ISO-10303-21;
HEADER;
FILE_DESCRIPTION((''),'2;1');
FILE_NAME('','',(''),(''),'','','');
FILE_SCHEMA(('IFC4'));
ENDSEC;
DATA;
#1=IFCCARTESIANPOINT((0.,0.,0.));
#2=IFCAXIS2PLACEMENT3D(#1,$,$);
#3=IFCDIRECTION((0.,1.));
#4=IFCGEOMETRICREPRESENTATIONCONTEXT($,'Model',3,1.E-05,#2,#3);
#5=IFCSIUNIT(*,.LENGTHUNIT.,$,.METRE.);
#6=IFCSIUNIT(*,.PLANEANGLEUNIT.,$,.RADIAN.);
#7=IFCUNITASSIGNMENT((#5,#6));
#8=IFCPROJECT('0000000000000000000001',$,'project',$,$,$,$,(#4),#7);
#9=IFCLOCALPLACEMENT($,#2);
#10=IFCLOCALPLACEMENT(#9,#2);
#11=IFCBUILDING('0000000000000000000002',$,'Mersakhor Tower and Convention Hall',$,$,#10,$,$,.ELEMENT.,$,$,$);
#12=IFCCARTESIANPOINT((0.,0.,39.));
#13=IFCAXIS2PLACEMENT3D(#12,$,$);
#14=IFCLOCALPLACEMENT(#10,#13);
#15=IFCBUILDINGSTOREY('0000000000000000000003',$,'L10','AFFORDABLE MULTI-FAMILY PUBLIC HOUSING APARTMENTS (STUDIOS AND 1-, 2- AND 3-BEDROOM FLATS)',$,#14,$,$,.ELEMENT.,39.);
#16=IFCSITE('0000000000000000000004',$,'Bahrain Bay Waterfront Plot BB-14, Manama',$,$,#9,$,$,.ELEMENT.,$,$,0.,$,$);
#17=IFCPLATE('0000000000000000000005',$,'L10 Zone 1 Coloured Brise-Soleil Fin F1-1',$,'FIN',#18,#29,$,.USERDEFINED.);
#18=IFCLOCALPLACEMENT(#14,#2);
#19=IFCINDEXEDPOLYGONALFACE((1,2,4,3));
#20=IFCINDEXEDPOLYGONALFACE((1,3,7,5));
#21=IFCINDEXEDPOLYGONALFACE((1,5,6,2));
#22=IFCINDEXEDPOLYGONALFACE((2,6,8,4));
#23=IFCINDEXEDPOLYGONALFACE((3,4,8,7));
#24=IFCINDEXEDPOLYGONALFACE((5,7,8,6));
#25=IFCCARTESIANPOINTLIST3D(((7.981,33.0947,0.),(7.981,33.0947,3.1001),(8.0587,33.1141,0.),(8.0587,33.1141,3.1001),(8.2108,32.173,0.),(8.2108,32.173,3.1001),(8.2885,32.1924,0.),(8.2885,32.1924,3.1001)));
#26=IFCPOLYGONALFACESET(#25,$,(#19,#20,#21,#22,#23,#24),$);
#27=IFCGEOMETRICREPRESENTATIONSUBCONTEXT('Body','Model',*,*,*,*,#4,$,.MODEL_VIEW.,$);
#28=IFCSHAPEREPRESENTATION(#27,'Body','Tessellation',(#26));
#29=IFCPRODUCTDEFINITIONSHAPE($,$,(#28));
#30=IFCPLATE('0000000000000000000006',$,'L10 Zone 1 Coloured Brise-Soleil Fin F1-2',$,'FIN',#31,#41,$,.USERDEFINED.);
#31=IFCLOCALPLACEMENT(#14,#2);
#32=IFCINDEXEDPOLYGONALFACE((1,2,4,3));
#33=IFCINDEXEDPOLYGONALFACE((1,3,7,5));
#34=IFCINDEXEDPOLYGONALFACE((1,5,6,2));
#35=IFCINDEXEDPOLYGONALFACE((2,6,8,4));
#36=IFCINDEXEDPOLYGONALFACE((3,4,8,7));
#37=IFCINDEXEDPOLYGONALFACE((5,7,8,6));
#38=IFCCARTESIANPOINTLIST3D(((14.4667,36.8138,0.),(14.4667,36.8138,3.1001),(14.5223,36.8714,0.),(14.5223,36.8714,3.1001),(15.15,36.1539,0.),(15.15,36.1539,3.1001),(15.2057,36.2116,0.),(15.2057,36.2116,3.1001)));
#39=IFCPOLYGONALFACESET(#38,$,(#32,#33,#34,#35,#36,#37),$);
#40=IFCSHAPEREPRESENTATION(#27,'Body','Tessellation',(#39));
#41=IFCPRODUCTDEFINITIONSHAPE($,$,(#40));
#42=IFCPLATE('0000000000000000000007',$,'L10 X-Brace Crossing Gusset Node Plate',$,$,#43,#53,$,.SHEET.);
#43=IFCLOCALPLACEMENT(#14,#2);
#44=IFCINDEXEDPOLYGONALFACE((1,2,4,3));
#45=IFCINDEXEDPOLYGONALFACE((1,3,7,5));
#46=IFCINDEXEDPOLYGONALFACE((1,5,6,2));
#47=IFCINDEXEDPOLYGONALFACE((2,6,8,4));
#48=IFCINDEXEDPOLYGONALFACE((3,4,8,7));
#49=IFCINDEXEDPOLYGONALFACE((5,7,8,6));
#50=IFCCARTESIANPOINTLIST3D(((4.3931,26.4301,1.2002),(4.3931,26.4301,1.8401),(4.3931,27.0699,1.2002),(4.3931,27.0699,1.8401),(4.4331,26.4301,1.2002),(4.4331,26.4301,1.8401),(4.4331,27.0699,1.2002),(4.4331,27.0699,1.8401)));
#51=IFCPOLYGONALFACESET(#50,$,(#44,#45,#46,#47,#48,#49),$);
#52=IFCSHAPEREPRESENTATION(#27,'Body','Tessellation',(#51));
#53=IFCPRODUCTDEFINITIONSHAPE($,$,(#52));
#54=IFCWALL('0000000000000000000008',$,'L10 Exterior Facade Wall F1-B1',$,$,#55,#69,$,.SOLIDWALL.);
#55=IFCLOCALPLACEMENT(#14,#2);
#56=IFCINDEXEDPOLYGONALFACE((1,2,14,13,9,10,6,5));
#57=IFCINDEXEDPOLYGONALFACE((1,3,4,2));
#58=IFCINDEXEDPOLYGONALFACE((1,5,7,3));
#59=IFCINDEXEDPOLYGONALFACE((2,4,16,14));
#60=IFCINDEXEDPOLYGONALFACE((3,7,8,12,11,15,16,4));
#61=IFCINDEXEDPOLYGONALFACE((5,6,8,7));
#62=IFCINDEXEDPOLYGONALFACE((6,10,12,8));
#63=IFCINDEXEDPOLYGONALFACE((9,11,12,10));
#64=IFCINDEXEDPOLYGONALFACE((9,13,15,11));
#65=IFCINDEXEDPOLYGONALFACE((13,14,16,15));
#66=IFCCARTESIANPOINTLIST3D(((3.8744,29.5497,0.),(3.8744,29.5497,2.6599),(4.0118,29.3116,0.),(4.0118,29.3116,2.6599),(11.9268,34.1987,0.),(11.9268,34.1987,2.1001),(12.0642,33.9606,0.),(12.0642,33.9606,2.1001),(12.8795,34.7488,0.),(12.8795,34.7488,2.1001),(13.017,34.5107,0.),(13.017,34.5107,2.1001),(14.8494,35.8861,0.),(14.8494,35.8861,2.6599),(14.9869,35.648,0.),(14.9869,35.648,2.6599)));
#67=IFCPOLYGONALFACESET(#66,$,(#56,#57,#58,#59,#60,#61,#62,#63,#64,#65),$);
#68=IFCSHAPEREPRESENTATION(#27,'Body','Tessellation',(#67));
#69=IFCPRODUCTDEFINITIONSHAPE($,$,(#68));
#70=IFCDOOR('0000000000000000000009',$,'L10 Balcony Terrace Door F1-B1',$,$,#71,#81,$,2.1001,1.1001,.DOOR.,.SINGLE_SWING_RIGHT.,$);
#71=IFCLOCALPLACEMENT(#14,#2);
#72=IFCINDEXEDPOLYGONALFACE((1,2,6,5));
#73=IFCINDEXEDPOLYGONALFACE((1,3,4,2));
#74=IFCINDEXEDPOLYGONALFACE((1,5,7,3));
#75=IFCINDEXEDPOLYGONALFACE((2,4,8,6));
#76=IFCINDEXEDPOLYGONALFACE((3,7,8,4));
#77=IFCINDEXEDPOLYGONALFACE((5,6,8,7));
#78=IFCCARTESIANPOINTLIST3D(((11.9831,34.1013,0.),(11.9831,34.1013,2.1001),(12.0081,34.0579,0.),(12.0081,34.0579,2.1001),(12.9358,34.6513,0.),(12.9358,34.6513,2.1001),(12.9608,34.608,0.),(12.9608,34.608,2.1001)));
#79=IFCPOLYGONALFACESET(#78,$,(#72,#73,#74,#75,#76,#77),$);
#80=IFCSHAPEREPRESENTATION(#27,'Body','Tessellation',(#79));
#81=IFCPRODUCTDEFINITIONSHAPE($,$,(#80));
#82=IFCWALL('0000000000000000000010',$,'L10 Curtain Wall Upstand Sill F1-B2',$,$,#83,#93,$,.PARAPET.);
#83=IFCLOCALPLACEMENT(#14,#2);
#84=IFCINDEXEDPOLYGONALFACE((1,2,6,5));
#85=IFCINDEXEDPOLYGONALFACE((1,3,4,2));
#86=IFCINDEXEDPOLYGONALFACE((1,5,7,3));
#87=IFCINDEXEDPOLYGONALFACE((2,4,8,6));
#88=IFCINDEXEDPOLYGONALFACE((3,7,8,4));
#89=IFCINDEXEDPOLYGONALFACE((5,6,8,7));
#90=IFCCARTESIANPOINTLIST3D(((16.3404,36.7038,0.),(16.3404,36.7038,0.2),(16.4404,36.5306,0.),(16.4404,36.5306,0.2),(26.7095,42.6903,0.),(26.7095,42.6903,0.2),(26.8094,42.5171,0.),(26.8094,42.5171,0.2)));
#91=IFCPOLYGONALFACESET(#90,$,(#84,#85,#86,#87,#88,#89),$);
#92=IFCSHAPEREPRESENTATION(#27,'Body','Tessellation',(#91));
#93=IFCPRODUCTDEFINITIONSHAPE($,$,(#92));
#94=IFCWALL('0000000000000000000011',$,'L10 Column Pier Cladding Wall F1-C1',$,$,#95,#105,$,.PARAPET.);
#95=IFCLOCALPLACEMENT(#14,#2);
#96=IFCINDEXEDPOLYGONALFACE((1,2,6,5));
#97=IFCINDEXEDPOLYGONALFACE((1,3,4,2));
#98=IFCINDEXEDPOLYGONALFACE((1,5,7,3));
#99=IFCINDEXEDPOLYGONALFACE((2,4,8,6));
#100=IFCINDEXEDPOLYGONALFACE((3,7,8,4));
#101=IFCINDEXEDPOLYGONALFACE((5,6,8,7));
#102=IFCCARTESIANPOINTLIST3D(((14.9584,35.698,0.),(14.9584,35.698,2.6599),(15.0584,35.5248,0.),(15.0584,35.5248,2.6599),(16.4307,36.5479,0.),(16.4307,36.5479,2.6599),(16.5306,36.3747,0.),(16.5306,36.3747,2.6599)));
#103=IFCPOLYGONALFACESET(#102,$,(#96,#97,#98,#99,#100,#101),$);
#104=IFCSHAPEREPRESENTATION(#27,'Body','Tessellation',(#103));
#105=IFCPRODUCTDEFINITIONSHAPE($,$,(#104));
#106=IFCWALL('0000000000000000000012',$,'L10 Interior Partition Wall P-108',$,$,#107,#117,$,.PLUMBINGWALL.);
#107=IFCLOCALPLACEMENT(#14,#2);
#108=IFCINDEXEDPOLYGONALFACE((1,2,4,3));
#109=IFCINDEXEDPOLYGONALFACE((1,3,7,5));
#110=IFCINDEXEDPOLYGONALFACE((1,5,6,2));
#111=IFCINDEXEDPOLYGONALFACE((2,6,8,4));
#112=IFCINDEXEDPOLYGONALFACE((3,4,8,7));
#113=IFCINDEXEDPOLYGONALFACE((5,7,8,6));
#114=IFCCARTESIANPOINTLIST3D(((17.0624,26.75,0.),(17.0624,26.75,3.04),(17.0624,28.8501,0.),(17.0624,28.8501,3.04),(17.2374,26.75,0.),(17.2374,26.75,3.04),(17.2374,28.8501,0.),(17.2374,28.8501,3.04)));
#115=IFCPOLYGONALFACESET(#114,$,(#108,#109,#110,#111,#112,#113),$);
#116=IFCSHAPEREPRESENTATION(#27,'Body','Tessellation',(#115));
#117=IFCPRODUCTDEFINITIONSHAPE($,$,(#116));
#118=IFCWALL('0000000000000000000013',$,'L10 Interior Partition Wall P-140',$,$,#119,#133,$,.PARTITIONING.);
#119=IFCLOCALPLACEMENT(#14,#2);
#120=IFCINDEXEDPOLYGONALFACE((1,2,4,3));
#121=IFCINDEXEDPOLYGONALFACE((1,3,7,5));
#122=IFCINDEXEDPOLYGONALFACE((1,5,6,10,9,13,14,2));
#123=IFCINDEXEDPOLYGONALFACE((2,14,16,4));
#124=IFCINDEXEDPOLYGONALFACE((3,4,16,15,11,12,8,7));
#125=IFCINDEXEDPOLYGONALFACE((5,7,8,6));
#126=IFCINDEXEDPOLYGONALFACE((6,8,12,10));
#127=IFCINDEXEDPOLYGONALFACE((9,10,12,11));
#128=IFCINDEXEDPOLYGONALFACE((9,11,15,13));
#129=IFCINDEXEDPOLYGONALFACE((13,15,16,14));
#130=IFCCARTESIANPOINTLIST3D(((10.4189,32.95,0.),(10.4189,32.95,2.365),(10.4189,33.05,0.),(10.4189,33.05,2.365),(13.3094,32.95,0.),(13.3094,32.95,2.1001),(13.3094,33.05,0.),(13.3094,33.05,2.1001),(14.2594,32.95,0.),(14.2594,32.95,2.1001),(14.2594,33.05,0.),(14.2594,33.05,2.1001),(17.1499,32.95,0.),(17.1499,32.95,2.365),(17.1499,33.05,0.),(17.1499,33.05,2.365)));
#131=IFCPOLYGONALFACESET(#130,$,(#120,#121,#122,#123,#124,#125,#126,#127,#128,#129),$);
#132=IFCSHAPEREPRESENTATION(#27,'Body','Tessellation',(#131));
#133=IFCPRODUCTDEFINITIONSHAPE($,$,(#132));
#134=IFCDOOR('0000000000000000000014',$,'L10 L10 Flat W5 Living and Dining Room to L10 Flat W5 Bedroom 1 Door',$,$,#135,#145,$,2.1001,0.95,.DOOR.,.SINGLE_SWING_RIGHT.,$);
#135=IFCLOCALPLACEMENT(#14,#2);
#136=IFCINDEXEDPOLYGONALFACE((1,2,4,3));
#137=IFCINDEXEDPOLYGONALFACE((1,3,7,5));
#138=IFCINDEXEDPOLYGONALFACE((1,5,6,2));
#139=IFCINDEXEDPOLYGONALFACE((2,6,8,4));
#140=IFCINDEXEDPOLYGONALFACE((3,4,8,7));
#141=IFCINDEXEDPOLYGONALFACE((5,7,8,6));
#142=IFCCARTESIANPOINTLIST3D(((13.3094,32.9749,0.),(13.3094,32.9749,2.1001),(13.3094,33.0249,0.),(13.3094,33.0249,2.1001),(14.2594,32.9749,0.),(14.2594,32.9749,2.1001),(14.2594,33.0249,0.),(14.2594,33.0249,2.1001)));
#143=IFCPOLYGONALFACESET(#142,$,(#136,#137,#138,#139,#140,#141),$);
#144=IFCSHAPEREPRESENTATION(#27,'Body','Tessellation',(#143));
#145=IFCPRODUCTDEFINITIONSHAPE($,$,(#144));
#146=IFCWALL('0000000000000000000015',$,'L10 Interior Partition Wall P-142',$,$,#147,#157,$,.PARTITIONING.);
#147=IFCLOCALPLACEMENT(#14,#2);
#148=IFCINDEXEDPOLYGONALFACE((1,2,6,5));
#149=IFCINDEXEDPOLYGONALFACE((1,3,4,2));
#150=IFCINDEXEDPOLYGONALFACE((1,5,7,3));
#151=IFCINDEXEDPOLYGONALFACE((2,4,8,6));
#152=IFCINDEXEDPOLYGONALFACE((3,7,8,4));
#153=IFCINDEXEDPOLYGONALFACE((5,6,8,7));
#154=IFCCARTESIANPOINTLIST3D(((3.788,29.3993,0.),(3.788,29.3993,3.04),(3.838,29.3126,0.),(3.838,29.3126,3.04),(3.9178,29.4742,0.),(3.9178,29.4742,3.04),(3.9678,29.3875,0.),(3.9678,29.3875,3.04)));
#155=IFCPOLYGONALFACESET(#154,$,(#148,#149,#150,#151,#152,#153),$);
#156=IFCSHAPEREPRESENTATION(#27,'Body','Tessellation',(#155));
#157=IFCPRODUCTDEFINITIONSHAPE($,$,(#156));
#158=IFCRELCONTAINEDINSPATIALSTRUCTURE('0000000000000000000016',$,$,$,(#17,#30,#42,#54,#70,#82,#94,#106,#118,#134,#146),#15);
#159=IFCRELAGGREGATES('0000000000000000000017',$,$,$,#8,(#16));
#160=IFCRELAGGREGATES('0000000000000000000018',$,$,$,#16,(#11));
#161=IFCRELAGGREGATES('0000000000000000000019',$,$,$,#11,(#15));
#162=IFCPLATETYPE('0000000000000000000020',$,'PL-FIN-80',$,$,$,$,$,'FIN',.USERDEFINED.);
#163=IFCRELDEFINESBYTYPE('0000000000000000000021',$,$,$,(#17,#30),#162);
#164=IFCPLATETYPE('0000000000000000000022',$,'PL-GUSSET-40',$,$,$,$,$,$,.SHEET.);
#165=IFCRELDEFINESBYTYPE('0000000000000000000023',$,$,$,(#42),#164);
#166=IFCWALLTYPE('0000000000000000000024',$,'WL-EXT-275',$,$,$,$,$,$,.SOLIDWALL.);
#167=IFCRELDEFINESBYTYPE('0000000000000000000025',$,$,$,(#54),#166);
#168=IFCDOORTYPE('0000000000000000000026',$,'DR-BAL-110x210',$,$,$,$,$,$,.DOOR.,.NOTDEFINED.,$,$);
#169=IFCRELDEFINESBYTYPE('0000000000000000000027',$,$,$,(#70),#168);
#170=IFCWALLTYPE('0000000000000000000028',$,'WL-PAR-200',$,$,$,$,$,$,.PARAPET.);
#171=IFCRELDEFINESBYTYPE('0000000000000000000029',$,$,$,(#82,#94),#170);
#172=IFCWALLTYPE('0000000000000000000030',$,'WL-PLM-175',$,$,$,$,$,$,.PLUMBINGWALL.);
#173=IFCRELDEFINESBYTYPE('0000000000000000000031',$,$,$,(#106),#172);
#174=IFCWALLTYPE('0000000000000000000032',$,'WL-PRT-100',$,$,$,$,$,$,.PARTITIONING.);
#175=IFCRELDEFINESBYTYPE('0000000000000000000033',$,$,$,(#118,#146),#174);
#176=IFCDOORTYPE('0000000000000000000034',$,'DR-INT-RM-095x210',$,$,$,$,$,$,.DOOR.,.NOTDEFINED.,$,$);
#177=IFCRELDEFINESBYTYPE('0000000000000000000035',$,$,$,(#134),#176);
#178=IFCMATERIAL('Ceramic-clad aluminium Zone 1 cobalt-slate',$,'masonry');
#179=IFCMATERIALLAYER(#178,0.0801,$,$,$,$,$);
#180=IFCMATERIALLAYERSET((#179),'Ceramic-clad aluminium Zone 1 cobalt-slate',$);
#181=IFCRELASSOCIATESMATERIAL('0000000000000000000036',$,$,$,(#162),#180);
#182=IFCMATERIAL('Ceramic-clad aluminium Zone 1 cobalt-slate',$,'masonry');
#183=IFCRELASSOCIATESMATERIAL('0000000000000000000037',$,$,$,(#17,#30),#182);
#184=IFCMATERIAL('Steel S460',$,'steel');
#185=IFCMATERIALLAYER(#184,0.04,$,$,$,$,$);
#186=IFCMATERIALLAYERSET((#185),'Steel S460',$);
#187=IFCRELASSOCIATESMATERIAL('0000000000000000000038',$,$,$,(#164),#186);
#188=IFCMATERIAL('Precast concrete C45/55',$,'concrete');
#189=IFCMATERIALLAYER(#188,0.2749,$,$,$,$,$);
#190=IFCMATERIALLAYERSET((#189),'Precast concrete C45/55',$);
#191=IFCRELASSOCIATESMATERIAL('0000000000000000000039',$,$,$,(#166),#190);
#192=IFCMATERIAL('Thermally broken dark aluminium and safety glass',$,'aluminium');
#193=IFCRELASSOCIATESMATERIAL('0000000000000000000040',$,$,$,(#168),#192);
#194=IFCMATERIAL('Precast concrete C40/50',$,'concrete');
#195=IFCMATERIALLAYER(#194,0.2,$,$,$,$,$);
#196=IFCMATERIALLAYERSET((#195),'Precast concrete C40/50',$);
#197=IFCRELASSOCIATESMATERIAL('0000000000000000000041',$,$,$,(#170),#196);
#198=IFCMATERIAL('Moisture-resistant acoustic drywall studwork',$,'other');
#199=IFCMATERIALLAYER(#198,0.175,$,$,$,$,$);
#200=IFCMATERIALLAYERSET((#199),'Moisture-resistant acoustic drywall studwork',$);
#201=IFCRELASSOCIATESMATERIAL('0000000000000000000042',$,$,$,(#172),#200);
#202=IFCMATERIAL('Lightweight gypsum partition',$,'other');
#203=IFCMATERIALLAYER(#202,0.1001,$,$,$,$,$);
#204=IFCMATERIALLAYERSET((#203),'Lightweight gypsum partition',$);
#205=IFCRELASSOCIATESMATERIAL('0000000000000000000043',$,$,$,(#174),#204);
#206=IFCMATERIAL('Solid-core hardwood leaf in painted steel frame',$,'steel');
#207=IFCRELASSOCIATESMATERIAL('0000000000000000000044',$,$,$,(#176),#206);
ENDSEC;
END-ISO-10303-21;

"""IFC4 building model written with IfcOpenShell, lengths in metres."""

from ifc_helpers import new_model, si_unit, direction, frame, frame_2d, origin, origin_2d, place, context, subcontext, project, spatial, rectangle, extrude, material, layer, layer_set, type_object, element, fill, save


model = new_model("IFC4")

# Units and contexts
model_context = context("Model", 3, precision=1e-05, world=origin(), true_north=direction((0.0, 1.0)))
body_context = subcontext(model_context, "Body", "Model", "MODEL_VIEW")
ifc_project = project(units=[si_unit("LENGTHUNIT", "METRE"), si_unit("PLANEANGLEUNIT", "RADIAN")], contexts=[model_context])

# Site, building, storey
site_placement = place(None, origin())
site = spatial("IfcSite", under=ifc_project, at=site_placement, Name="Bahrain Bay Waterfront Plot BB-14, Manama", CompositionType="ELEMENT", RefElevation=0.0)
building_placement = place(site_placement, origin())
building = spatial("IfcBuilding", under=site, at=building_placement, Name="Mersakhor Tower and Convention Hall", CompositionType="ELEMENT")
storey_placement = place(building_placement, frame((0.0, 0.0, 39.0)))
storey = spatial("IfcBuildingStorey", under=building, at=storey_placement, Name="L10", Description="AFFORDABLE MULTI-FAMILY PUBLIC HOUSING APARTMENTS (STUDIOS AND 1-, 2- AND 3-BEDROOM FLATS)", CompositionType="ELEMENT", Elevation=39.0)

# Plates
ifc_material_1 = material(Name="Ceramic-clad aluminium Zone 1 cobalt-slate", Category="masonry")
ifc_material_2 = material(Name="Ceramic-clad aluminium Zone 1 cobalt-slate", Category="masonry")
ifc_layer_1 = layer(ifc_material_2, 0.0801)
ifc_layer_set_1 = layer_set([ifc_layer_1], Name="Ceramic-clad aluminium Zone 1 cobalt-slate")
plate_type_1 = type_object("IfcPlateType", Name="PL-FIN-80", ElementType="FIN", PredefinedType="USERDEFINED", material=ifc_layer_set_1)
for number, where, z_axis, x_axis, name in (
    (1, (8.1348, 32.6436, 0.0), (0.0, 0.0, 1.0), (-0.241922, 0.970296, 0.0), "L10 Zone 1 Coloured Brise-Soleil Fin F1-1"),
    (2, (14.8362, 36.5127, 0.0), (0.0, 0.0, 1.0), (-0.71934, 0.694658, 0.0), "L10 Zone 1 Coloured Brise-Soleil Fin F1-2"),
):
    element("IfcPlate", number, at=place(storey_placement, frame(where, z_axis=z_axis, x_axis=x_axis)), inside=storey, type_object=plate_type_1, material=ifc_material_1, Name=name, ObjectType="FIN", PredefinedType="USERDEFINED", context=body_context, shape_type="SweptSolid", body=[
        extrude(rectangle(XDim=0.95, YDim=0.0801, at=origin_2d()), origin(), (0.0, 0.0, 1.0), 3.1001),
    ])
ifc_material_3 = material(Name="Steel S460", Category="steel")
ifc_layer_2 = layer(ifc_material_3, 0.04)
ifc_layer_set_2 = layer_set([ifc_layer_2], Name="Steel S460")
plate_type_2 = type_object("IfcPlateType", Name="PL-GUSSET-40", PredefinedType="SHEET", material=ifc_layer_set_2)
plate_placement = place(storey_placement, frame((4.4131, 26.75, 1.2002), z_axis=(0.0, 0.0, 1.0), x_axis=(0.0, -1.0, 0.0)))
element("IfcPlate", 3, at=plate_placement, inside=storey, type_object=plate_type_2, Name="L10 X-Brace Crossing Gusset Node Plate", PredefinedType="SHEET", context=body_context, shape_type="SweptSolid", body=[
    extrude(rectangle(XDim=0.6399, YDim=0.04, at=origin_2d()), origin(), (0.0, 0.0, 1.0), 0.6399),
])

# Wall, opening, door
ifc_material_4 = material(Name="Precast concrete C45/55", Category="concrete")
ifc_layer_3 = layer(ifc_material_4, 0.2749)
ifc_layer_set_3 = layer_set([ifc_layer_3], Name="Precast concrete C45/55")
wall_type_1 = type_object("IfcWallType", Name="WL-EXT-275", PredefinedType="SOLIDWALL", material=ifc_layer_set_3)
wall_1_placement = place(storey_placement, frame((3.9431, 29.4307, 0.0), z_axis=(0.0, 0.0, 1.0), x_axis=(0.866027, 0.499997, 0.0)))
wall_1 = element("IfcWall", 4, at=wall_1_placement, inside=storey, type_object=wall_type_1, Name="L10 Exterior Facade Wall F1-B1", PredefinedType="SOLIDWALL", context=body_context, shape_type="SweptSolid", body=[
    extrude(rectangle(XDim=12.6729, YDim=0.2749, at=frame_2d((6.3364, 0.0))), origin(), (0.0, 0.0, 1.0), 2.6599),
])
opening_1_placement = place(wall_1_placement, frame((9.2981, 0.0, 0.0)))
opening_1 = element("IfcOpeningElement", 5, at=opening_1_placement, cuts=wall_1, PredefinedType="OPENING", context=body_context, shape_type="SweptSolid", body=[
    extrude(rectangle(XDim=1.1001, YDim=2.1001, at=frame_2d((0.55, 1.05))), frame((0.0, 0.1475, 0.0), z_axis=(0.0, -1.0, 0.0), x_axis=(1.0, 0.0, 0.0)), (0.0, 0.0, 1.0), 0.2949),
])
ifc_material_5 = material(Name="Thermally broken dark aluminium and safety glass", Category="aluminium")
door_type_1 = type_object("IfcDoorType", Name="DR-BAL-110x210", OperationType="NOTDEFINED", PredefinedType="DOOR", material=ifc_material_5)
door_1_placement = place(opening_1_placement, origin())
door_1 = element("IfcDoor", 6, at=door_1_placement, inside=storey, type_object=door_type_1, Name="L10 Balcony Terrace Door F1-B1", OperationType="SINGLE_SWING_RIGHT", OverallHeight=2.1001, OverallWidth=1.1001, PredefinedType="DOOR", context=body_context, shape_type="SweptSolid", body=[
    extrude(rectangle(XDim=1.1001, YDim=2.1001, at=frame_2d((0.55, 1.05))), frame((0.0, 0.0249, 0.0), z_axis=(0.0, -1.0, 0.0), x_axis=(1.0, 0.0, 0.0)), (0.0, 0.0, 1.0), 0.05),
])
fill(opening_1, door_1)

# Walls
ifc_material_6 = material(Name="Precast concrete C40/50", Category="concrete")
ifc_layer_4 = layer(ifc_material_6, 0.2)
ifc_layer_set_4 = layer_set([ifc_layer_4], Name="Precast concrete C40/50")
wall_type_2 = type_object("IfcWallType", Name="WL-PAR-200", PredefinedType="PARAPET", material=ifc_layer_set_4)
wall_2_placement = place(storey_placement, frame((16.3904, 36.6172, 0.0), z_axis=(0.0, 0.0, 1.0), x_axis=(0.866027, 0.499997, 0.0)))
element("IfcWall", 7, at=wall_2_placement, inside=storey, type_object=wall_type_2, Name="L10 Curtain Wall Upstand Sill F1-B2", PredefinedType="PARAPET", context=body_context, shape_type="SweptSolid", body=[
    extrude(rectangle(XDim=11.9731, YDim=0.2, at=frame_2d((5.9866, 0.0))), origin(), (0.0, 0.0, 1.0), 0.2),
])
wall_3_placement = place(storey_placement, frame((15.0083, 35.6113, 0.0), z_axis=(0.0, 0.0, 1.0), x_axis=(0.866052, 0.499955, 0.0)))
element("IfcWall", 8, at=wall_3_placement, inside=storey, type_object=wall_type_2, Name="L10 Column Pier Cladding Wall F1-C1", PredefinedType="PARAPET", context=body_context, shape_type="SweptSolid", body=[
    extrude(rectangle(XDim=1.7, YDim=0.2, at=frame_2d((0.8501, 0.0))), origin(), (0.0, 0.0, 1.0), 2.6599),
])
ifc_material_7 = material(Name="Moisture-resistant acoustic drywall studwork", Category="other")
ifc_layer_5 = layer(ifc_material_7, 0.175)
ifc_layer_set_5 = layer_set([ifc_layer_5], Name="Moisture-resistant acoustic drywall studwork")
wall_type_3 = type_object("IfcWallType", Name="WL-PLM-175", PredefinedType="PLUMBINGWALL", material=ifc_layer_set_5)
wall_4_placement = place(storey_placement, frame((17.1499, 26.75, 0.0), z_axis=(0.0, 0.0, 1.0), x_axis=(0.0, 1.0, 0.0)))
element("IfcWall", 9, at=wall_4_placement, inside=storey, type_object=wall_type_3, Name="L10 Interior Partition Wall P-108", PredefinedType="PLUMBINGWALL", context=body_context, shape_type="SweptSolid", body=[
    extrude(rectangle(XDim=2.1001, YDim=0.175, at=frame_2d((1.05, 0.0))), origin(), (0.0, 0.0, 1.0), 3.04),
])

# Wall, opening, door
ifc_material_8 = material(Name="Lightweight gypsum partition", Category="other")
ifc_layer_6 = layer(ifc_material_8, 0.1001)
ifc_layer_set_6 = layer_set([ifc_layer_6], Name="Lightweight gypsum partition")
wall_type_4 = type_object("IfcWallType", Name="WL-PRT-100", PredefinedType="PARTITIONING", material=ifc_layer_set_6)
wall_5_placement = place(storey_placement, frame((10.4189, 33.0, 0.0), z_axis=(0.0, 0.0, 1.0), x_axis=(1.0, 0.0, 0.0)))
wall_5 = element("IfcWall", 10, at=wall_5_placement, inside=storey, type_object=wall_type_4, Name="L10 Interior Partition Wall P-140", PredefinedType="PARTITIONING", context=body_context, shape_type="SweptSolid", body=[
    extrude(rectangle(XDim=6.731, YDim=0.1001, at=frame_2d((3.3655, 0.0))), origin(), (0.0, 0.0, 1.0), 2.365),
])
opening_2_placement = place(wall_5_placement, frame((2.8904, 0.0, 0.0)))
opening_2 = element("IfcOpeningElement", 11, at=opening_2_placement, cuts=wall_5, PredefinedType="OPENING", context=body_context, shape_type="SweptSolid", body=[
    extrude(rectangle(XDim=0.95, YDim=2.1001, at=frame_2d((0.4751, 1.05))), frame((0.0, 0.0601, 0.0), z_axis=(0.0, -1.0, 0.0), x_axis=(1.0, 0.0, 0.0)), (0.0, 0.0, 1.0), 0.1201),
])
ifc_material_9 = material(Name="Solid-core hardwood leaf in painted steel frame", Category="steel")
door_type_2 = type_object("IfcDoorType", Name="DR-INT-RM-095x210", OperationType="NOTDEFINED", PredefinedType="DOOR", material=ifc_material_9)
door_2_placement = place(opening_2_placement, origin())
door_2 = element("IfcDoor", 12, at=door_2_placement, inside=storey, type_object=door_type_2, Name="L10 L10 Flat W5 Living and Dining Room to L10 Flat W5 Bedroom 1 Door", OperationType="SINGLE_SWING_RIGHT", OverallHeight=2.1001, OverallWidth=0.95, PredefinedType="DOOR", context=body_context, shape_type="SweptSolid", body=[
    extrude(rectangle(XDim=0.95, YDim=2.1001, at=frame_2d((0.4751, 1.05))), frame((0.0, 0.0249, 0.0), z_axis=(0.0, -1.0, 0.0), x_axis=(1.0, 0.0, 0.0)), (0.0, 0.0, 1.0), 0.05),
])
fill(opening_2, door_2)

# Wall
wall_6_placement = place(storey_placement, frame((3.813, 29.356, 0.0), z_axis=(0.0, 0.0, 1.0), x_axis=(0.866131, 0.499816, 0.0)))
element("IfcWall", 13, at=wall_6_placement, inside=storey, type_object=wall_type_4, Name="L10 Interior Partition Wall P-142", PredefinedType="PARTITIONING", context=body_context, shape_type="SweptSolid", body=[
    extrude(rectangle(XDim=0.1499, YDim=0.1001, at=frame_2d((0.075, 0.0))), origin(), (0.0, 0.0, 1.0), 3.04),
])

save(model, "model.ifc")
